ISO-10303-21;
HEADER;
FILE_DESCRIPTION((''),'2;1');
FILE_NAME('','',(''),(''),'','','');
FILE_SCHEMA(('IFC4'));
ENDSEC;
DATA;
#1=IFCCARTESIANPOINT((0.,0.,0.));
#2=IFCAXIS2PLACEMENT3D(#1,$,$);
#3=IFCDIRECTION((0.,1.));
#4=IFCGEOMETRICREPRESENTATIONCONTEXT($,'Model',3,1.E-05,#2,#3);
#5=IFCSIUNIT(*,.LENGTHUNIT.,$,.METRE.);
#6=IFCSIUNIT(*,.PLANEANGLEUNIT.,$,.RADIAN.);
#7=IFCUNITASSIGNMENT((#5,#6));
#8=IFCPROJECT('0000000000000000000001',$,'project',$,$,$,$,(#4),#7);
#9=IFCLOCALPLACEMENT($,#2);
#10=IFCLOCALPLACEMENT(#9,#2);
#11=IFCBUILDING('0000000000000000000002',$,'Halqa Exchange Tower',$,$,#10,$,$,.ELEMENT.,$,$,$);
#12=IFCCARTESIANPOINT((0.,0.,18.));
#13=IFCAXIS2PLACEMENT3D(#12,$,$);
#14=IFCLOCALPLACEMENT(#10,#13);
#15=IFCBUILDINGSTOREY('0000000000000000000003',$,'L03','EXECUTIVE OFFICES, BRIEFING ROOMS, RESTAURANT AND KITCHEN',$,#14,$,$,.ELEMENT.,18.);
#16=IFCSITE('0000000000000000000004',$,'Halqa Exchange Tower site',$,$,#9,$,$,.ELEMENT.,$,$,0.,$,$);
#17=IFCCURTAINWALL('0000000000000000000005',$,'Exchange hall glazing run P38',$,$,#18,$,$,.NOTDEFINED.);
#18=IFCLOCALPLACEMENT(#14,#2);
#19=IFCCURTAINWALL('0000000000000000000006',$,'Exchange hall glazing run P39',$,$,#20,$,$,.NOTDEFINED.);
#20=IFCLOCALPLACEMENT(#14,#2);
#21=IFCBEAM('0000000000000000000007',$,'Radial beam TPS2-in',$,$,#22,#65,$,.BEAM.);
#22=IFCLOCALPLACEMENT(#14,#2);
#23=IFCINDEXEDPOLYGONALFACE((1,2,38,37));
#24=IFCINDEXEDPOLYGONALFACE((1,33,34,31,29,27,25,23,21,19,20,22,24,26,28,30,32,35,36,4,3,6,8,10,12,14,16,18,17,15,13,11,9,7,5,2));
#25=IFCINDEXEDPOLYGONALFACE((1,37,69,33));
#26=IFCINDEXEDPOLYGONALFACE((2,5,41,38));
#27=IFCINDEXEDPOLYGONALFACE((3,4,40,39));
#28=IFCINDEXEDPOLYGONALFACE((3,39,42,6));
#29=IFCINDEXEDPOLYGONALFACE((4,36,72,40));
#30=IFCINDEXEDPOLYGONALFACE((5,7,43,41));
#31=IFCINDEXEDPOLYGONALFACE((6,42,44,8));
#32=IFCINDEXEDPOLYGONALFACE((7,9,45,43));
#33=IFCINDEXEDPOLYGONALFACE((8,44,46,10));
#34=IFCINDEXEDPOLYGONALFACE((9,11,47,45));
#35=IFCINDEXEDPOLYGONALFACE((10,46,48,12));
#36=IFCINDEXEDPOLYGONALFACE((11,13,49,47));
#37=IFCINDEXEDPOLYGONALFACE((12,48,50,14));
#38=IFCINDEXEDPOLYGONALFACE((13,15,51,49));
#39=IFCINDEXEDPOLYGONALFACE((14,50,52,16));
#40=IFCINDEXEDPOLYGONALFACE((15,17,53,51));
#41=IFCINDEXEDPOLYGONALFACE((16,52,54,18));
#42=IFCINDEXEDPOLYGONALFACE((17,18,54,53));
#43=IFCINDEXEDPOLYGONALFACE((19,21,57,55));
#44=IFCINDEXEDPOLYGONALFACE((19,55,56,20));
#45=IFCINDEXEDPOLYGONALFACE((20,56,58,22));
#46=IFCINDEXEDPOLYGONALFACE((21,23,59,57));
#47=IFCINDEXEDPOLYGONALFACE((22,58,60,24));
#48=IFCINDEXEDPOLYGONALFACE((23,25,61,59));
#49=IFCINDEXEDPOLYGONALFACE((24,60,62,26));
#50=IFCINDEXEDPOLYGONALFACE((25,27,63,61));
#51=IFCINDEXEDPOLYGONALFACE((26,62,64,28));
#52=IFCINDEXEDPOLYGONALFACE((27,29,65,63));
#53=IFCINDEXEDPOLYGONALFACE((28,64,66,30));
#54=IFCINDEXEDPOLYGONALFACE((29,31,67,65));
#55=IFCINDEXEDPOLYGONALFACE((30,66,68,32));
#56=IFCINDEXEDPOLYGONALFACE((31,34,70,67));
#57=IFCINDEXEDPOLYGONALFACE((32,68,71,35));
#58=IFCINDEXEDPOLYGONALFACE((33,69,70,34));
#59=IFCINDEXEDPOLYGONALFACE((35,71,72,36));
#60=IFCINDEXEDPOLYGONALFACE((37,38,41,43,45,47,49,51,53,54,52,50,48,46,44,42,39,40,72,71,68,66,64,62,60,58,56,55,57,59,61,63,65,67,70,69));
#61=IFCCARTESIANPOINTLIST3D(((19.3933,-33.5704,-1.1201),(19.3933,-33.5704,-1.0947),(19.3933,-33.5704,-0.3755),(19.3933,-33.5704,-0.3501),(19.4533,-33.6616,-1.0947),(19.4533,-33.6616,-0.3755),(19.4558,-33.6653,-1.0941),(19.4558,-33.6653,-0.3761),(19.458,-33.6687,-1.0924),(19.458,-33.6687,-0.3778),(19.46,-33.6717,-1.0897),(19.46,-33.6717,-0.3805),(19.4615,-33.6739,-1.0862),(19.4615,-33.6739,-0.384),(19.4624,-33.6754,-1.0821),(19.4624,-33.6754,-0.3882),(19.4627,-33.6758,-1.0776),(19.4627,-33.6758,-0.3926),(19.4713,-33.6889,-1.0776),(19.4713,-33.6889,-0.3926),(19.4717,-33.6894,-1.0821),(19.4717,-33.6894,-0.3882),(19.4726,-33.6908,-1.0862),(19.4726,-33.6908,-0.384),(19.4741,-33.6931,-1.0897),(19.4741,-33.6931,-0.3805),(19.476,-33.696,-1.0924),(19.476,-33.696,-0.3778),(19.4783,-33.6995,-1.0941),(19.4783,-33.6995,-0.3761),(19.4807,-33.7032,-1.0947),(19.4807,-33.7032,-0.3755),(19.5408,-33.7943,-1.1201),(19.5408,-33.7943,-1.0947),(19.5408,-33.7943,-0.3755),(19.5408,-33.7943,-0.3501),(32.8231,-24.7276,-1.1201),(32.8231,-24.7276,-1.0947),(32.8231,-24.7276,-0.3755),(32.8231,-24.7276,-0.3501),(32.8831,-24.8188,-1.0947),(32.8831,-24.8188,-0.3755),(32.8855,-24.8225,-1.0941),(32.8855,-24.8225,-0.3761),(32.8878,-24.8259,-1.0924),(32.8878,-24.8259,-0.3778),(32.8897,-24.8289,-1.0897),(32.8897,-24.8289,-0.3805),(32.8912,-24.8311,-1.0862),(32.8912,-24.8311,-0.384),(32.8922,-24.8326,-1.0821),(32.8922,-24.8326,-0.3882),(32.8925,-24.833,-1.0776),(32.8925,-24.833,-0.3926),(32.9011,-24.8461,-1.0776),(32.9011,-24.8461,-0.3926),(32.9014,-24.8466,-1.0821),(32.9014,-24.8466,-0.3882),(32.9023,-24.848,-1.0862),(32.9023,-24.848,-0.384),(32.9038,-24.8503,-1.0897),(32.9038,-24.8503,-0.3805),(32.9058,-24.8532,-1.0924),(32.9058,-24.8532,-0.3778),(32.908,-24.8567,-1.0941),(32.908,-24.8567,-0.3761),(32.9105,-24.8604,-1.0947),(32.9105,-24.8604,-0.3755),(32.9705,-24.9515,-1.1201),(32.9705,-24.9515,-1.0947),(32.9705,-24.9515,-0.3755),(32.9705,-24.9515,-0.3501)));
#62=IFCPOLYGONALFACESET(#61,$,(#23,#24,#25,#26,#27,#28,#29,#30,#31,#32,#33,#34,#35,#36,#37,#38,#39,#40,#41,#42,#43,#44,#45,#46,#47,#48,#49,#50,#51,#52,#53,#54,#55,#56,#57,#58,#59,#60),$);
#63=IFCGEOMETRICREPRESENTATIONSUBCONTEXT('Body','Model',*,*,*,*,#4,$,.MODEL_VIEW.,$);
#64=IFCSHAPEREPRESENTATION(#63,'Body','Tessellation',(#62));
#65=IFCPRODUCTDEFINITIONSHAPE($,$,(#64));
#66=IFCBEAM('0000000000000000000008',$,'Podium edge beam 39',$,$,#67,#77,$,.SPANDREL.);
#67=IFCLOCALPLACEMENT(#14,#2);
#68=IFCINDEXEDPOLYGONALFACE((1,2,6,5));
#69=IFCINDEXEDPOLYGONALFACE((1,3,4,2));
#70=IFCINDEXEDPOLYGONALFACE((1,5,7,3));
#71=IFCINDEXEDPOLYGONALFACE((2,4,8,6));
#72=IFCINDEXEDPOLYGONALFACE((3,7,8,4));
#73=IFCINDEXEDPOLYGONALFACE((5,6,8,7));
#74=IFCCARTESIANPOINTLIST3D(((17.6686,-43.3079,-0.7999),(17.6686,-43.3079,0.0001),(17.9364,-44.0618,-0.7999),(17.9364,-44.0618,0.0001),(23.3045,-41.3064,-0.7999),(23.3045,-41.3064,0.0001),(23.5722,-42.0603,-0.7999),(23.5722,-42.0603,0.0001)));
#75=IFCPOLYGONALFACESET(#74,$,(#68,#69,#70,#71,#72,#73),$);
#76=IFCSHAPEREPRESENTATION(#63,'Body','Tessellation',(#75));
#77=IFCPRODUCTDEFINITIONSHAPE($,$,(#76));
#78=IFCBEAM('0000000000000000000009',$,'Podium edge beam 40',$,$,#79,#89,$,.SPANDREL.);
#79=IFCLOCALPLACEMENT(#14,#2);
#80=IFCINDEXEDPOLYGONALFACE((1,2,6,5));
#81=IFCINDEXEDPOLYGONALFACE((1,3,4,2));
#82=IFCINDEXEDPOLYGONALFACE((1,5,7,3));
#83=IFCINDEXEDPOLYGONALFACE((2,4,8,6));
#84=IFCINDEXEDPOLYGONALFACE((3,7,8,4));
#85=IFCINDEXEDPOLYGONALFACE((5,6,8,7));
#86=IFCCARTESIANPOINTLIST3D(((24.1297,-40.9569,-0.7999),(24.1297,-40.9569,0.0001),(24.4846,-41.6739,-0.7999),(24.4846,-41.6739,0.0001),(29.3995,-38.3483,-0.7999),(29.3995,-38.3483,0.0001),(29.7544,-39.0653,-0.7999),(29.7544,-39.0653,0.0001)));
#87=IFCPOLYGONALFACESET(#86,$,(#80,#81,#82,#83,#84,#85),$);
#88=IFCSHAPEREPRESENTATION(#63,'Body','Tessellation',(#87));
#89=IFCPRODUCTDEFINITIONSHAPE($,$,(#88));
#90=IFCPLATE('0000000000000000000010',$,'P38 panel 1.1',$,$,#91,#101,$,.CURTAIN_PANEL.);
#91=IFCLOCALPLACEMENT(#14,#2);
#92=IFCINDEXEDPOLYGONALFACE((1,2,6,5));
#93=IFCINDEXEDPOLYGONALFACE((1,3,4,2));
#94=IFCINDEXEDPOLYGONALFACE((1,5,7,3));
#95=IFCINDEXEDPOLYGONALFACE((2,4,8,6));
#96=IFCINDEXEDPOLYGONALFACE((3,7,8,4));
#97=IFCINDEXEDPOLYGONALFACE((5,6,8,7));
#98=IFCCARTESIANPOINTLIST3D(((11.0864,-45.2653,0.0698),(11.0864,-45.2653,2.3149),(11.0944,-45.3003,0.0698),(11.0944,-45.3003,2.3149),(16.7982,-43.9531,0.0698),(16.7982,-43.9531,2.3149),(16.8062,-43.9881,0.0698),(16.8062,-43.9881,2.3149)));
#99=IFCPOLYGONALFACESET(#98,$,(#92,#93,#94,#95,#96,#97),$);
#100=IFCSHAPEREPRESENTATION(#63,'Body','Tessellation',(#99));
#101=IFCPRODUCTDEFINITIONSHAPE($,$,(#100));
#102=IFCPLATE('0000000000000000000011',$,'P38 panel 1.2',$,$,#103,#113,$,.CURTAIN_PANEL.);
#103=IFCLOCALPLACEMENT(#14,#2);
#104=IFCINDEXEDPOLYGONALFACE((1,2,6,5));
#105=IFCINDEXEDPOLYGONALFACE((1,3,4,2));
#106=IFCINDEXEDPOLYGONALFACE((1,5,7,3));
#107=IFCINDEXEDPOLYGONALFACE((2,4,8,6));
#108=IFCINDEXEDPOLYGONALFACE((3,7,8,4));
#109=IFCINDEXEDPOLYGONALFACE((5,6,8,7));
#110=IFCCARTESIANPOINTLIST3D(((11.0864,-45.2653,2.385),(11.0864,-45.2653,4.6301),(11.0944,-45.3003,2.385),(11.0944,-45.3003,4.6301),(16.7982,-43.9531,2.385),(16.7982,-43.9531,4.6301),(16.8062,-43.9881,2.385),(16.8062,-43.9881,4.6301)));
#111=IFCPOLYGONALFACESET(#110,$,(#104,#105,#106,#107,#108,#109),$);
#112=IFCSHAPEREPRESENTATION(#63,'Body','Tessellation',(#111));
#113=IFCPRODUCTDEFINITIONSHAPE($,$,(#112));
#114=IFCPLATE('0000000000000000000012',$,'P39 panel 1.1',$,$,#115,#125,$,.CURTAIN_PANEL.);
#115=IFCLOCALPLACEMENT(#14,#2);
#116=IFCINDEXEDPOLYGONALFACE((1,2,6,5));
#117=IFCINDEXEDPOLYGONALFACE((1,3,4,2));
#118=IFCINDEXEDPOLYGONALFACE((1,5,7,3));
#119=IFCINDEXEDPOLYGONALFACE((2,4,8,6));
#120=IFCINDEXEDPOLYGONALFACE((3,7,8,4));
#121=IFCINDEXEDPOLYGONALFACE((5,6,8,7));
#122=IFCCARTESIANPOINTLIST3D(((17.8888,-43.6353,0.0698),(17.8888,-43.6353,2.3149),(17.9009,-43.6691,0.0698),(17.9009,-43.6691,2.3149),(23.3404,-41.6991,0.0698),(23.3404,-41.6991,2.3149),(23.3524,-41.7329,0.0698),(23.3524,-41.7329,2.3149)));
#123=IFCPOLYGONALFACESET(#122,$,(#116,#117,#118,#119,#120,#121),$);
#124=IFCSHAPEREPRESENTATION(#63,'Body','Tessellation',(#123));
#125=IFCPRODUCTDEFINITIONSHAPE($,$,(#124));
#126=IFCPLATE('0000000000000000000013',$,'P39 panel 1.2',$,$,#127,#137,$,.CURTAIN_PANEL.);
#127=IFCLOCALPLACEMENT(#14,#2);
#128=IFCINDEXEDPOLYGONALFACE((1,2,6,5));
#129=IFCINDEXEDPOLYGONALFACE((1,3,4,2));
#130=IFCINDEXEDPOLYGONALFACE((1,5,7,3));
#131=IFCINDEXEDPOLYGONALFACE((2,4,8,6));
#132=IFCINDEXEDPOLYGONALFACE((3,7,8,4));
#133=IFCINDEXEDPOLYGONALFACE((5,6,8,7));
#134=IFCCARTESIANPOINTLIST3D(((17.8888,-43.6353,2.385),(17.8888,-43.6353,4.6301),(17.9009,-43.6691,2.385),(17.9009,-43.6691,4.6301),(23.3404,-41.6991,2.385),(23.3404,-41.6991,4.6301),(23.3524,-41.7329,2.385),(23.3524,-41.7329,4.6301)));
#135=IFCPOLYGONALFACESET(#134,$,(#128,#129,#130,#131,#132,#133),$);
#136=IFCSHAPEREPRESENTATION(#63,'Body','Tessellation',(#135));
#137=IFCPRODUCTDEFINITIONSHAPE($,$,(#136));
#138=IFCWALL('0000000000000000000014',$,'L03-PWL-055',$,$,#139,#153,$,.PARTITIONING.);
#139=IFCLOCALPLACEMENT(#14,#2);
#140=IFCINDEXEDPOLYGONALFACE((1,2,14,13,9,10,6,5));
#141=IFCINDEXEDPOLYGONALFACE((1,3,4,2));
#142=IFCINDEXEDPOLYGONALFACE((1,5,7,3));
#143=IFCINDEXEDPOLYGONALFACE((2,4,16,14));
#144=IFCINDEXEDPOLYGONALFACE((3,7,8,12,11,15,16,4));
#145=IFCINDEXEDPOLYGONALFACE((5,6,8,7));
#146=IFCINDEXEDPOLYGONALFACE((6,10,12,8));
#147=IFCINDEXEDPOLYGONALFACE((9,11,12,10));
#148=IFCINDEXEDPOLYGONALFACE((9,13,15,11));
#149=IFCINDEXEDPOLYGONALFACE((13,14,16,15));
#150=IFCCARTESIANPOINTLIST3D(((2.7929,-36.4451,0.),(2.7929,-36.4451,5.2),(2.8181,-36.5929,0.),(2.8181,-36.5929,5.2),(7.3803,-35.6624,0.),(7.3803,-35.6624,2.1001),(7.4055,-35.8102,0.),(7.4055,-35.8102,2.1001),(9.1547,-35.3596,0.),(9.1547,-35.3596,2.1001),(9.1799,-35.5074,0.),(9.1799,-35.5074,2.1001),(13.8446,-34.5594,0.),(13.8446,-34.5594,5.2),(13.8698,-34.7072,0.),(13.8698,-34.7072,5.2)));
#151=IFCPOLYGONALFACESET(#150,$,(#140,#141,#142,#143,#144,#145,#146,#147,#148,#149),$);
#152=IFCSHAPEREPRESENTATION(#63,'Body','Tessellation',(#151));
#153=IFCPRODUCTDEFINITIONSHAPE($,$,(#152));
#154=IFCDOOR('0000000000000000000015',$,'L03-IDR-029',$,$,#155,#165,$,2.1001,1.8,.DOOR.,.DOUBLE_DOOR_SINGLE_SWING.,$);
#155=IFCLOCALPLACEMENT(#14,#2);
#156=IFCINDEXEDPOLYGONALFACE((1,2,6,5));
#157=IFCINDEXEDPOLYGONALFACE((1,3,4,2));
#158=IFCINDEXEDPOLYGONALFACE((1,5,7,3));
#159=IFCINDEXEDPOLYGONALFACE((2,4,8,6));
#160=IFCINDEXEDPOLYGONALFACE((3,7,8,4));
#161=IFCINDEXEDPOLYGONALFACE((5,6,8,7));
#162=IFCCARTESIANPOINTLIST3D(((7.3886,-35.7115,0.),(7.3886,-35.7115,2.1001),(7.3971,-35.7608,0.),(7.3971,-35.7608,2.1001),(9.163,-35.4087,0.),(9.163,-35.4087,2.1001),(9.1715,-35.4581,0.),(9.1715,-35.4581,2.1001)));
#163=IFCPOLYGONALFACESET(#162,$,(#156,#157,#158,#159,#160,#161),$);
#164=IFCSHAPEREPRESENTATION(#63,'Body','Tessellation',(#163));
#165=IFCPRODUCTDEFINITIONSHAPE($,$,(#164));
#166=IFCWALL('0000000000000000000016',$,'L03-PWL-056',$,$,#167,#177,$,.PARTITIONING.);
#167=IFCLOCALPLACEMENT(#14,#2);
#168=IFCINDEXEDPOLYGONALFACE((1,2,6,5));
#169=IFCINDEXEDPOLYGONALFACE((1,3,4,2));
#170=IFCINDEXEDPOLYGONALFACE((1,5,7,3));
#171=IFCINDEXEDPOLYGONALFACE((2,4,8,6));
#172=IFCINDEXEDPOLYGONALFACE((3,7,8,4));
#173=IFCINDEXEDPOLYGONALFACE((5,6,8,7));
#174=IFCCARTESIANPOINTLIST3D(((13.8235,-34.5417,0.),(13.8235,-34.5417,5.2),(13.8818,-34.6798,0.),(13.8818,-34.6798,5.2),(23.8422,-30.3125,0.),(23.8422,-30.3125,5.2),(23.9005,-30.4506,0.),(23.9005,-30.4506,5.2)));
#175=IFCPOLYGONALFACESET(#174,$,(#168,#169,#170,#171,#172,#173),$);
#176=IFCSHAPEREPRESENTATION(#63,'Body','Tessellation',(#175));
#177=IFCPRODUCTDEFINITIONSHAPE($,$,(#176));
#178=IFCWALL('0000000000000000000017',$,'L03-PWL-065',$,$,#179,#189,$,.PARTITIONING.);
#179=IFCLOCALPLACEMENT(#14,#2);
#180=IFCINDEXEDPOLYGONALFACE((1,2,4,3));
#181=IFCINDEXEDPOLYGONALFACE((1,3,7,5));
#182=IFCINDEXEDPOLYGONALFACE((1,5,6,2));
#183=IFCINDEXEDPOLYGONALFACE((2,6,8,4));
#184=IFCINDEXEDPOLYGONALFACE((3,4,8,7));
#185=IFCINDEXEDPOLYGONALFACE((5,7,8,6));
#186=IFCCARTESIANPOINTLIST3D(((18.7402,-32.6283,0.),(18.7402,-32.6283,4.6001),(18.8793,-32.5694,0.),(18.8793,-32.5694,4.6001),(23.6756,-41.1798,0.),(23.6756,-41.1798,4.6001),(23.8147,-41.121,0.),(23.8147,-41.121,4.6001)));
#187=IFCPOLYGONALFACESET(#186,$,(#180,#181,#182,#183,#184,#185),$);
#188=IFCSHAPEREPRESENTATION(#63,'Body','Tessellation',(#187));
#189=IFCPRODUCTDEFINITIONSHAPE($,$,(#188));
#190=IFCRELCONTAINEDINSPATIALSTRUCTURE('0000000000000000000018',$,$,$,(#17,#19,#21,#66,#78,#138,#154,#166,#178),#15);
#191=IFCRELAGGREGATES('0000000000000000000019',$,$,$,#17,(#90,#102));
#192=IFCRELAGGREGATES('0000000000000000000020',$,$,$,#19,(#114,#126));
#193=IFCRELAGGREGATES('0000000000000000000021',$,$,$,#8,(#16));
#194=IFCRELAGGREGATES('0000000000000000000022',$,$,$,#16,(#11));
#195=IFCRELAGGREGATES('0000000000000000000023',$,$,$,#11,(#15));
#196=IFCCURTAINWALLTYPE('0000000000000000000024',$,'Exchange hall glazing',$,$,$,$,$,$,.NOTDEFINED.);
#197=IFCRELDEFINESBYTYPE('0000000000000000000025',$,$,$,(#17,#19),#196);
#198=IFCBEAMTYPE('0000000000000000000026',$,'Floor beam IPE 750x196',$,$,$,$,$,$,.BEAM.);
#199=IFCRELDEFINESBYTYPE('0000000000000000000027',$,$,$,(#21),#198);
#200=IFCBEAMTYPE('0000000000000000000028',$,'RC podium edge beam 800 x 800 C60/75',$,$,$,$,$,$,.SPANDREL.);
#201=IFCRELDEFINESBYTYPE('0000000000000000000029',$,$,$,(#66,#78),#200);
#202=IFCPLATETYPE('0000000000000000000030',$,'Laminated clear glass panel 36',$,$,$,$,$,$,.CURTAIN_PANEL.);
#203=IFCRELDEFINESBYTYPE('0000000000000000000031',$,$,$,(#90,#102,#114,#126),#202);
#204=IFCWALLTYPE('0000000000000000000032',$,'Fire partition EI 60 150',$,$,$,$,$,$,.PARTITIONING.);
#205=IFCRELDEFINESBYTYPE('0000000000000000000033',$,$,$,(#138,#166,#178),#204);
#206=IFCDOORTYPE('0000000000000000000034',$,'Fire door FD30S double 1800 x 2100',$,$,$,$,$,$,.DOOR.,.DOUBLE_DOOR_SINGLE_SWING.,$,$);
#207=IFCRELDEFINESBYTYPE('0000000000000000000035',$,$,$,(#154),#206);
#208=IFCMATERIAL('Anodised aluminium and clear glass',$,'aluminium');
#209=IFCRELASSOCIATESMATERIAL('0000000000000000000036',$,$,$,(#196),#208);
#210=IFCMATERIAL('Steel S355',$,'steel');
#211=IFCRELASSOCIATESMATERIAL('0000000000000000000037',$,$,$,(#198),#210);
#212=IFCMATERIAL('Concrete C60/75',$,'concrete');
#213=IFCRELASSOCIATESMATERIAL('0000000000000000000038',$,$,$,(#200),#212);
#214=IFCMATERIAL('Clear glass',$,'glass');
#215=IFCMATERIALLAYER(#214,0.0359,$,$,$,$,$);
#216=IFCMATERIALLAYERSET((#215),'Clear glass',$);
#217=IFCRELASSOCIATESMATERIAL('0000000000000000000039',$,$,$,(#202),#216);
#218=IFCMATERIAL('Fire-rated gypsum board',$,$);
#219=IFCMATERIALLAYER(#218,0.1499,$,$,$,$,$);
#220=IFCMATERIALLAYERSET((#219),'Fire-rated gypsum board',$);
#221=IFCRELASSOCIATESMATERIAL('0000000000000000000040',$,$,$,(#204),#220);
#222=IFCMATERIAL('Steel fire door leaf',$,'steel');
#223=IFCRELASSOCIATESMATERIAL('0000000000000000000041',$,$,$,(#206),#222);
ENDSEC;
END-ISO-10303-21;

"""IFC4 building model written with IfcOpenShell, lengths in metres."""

from ifc_helpers import new_model, si_unit, direction, frame, frame_2d, origin, origin_2d, place, context, subcontext, project, spatial, polyline, rectangle, i_section, outline, extrude, material, layer, layer_set, material_profile, profile_set, type_object, element, fill, aggregate, save


model = new_model("IFC4")

# Units and contexts
model_context = context("Model", 3, precision=1e-05, world=origin(), true_north=direction((0.0, 1.0)))
body_context = subcontext(model_context, "Body", "Model", "MODEL_VIEW")
ifc_project = project(units=[si_unit("LENGTHUNIT", "METRE"), si_unit("PLANEANGLEUNIT", "RADIAN")], contexts=[model_context])

# Site, building, storey
site_placement = place(None, origin())
site = spatial("IfcSite", under=ifc_project, at=site_placement, Name="Halqa Exchange Tower site", CompositionType="ELEMENT", RefElevation=0.0)
building_placement = place(site_placement, origin())
building = spatial("IfcBuilding", under=site, at=building_placement, Name="Halqa Exchange Tower", CompositionType="ELEMENT")
storey_placement = place(building_placement, frame((0.0, 0.0, 18.0)))
storey = spatial("IfcBuildingStorey", under=building, at=storey_placement, Name="L03", Description="EXECUTIVE OFFICES, BRIEFING ROOMS, RESTAURANT AND KITCHEN", CompositionType="ELEMENT", Elevation=18.0)

# Shared definitions
ifc_material_1 = material(Name="Concrete C60/75", Category="concrete")

# Curtain wall
ifc_material_2 = material(Name="Anodised aluminium and clear glass", Category="aluminium")
curtain_wall_type = type_object("IfcCurtainWallType", Name="Exchange hall glazing", PredefinedType="NOTDEFINED", material=ifc_material_2)
curtain_wall_1_placement = place(storey_placement, origin())
curtain_wall_1 = element("IfcCurtainWall", 1, at=curtain_wall_1_placement, inside=storey, type_object=curtain_wall_type, Name="Exchange hall glazing run P38", PredefinedType="NOTDEFINED")

# Curtain wall
curtain_wall_2_placement = place(storey_placement, origin())
curtain_wall_2 = element("IfcCurtainWall", 2, at=curtain_wall_2_placement, inside=storey, type_object=curtain_wall_type, Name="Exchange hall glazing run P39", PredefinedType="NOTDEFINED")

# Beams
ifc_material_3 = material(Name="Steel S355", Category="steel")
ifc_material_profile_1 = material_profile(ifc_material_3, i_section(OverallWidth=0.2681, OverallDepth=0.77, WebThickness=0.0156, FlangeThickness=0.0254, FilletRadius=0.0171, at=origin_2d()), Name="IPE 750x196")
ifc_profile_set_1 = profile_set([ifc_material_profile_1], Name="Steel S355")
beam_type_1 = type_object("IfcBeamType", Name="Floor beam IPE 750x196", PredefinedType="BEAM", material=ifc_profile_set_1)
beam_1_placement = place(storey_placement, frame((19.467, -33.6824, -0.7351), z_axis=(0.835204, 0.54994, 0.0), x_axis=(-0.54994, 0.835204, 0.0)))
element("IfcBeam", 3, at=beam_1_placement, inside=storey, type_object=beam_type_1, Name="Radial beam TPS2-in", PredefinedType="BEAM", context=body_context, shape_type="SweptSolid", body=[
    extrude(i_section(OverallWidth=0.2681, OverallDepth=0.77, WebThickness=0.0156, FlangeThickness=0.0254, FilletRadius=0.0171, at=origin_2d()), origin(), (0.0, 0.0, 1.0), 16.0796),
])
ifc_material_profile_2 = material_profile(ifc_material_1, rectangle(XDim=0.8, YDim=0.8, at=origin_2d()), Name="800 x 800")
ifc_profile_set_2 = profile_set([ifc_material_profile_2], Name="Concrete C60/75")
beam_type_2 = type_object("IfcBeamType", Name="RC podium edge beam 800 x 800 C60/75", PredefinedType="SPANDREL", material=ifc_profile_set_2)
beam_2_placement = place(storey_placement, frame((17.8025, -43.6848, -0.3999), z_axis=(0.942343, 0.334647, 0.0), x_axis=(-0.334647, 0.942343, 0.0)))
element("IfcBeam", 4, at=beam_2_placement, inside=storey, type_object=beam_type_2, Name="Podium edge beam 39", PredefinedType="SPANDREL", context=body_context, shape_type="SweptSolid", body=[
    extrude(rectangle(XDim=0.8, YDim=0.8, at=origin_2d()), origin(), (0.0, 0.0, 1.0), 5.9807),
])
beam_3_placement = place(storey_placement, frame((24.3071, -41.3154, -0.3999), z_axis=(0.896205, 0.443639, 0.0), x_axis=(-0.443639, 0.896205, 0.0)))
element("IfcBeam", 5, at=beam_3_placement, inside=storey, type_object=beam_type_2, Name="Podium edge beam 40", PredefinedType="SPANDREL", context=body_context, shape_type="SweptSolid", body=[
    extrude(rectangle(XDim=0.8, YDim=0.8, at=origin_2d()), origin(), (0.0, 0.0, 1.0), 5.8801),
])

# Plates
ifc_material_4 = material(Name="Clear glass", Category="glass")
ifc_layer_1 = layer(ifc_material_4, 0.0359)
ifc_layer_set_1 = layer_set([ifc_layer_1], Name="Clear glass")
plate_type = type_object("IfcPlateType", Name="Laminated clear glass panel 36", PredefinedType="CURTAIN_PANEL", material=ifc_layer_set_1)
plate_1_placement = place(storey_placement, frame((13.9463, -44.6267, 0.0698), z_axis=(0.0, 0.0, 1.0), x_axis=(0.974613, 0.223897, 0.0)))
plate_1 = element("IfcPlate", 6, at=plate_1_placement, type_object=plate_type, Name="P38 panel 1.1", PredefinedType="CURTAIN_PANEL", context=body_context, shape_type="SweptSolid", body=[
    extrude(rectangle(XDim=5.8606, YDim=0.0359, at=origin_2d()), origin(), (0.0, 0.0, 1.0), 2.2451),
])
plate_2_placement = place(storey_placement, frame((13.9463, -44.6267, 2.385), z_axis=(0.0, 0.0, 1.0), x_axis=(0.974613, 0.223897, 0.0)))
plate_2 = element("IfcPlate", 7, at=plate_2_placement, type_object=plate_type, Name="P38 panel 1.2", PredefinedType="CURTAIN_PANEL", context=body_context, shape_type="SweptSolid", body=[
    extrude(rectangle(XDim=5.8606, YDim=0.0359, at=origin_2d()), origin(), (0.0, 0.0, 1.0), 2.2451),
])
aggregate(curtain_wall_1, [plate_1, plate_2])
plate_3_placement = place(storey_placement, frame((20.6206, -42.6841, 0.0698), z_axis=(0.0, 0.0, 1.0), x_axis=(0.942329, 0.334688, 0.0)))
plate_3 = element("IfcPlate", 8, at=plate_3_placement, type_object=plate_type, Name="P39 panel 1.1", PredefinedType="CURTAIN_PANEL", context=body_context, shape_type="SweptSolid", body=[
    extrude(rectangle(XDim=5.7852, YDim=0.0359, at=origin_2d()), origin(), (0.0, 0.0, 1.0), 2.2451),
])
plate_4_placement = place(storey_placement, frame((20.6206, -42.6841, 2.385), z_axis=(0.0, 0.0, 1.0), x_axis=(0.942329, 0.334688, 0.0)))
plate_4 = element("IfcPlate", 9, at=plate_4_placement, type_object=plate_type, Name="P39 panel 1.2", PredefinedType="CURTAIN_PANEL", context=body_context, shape_type="SweptSolid", body=[
    extrude(rectangle(XDim=5.7852, YDim=0.0359, at=origin_2d()), origin(), (0.0, 0.0, 1.0), 2.2451),
])
aggregate(curtain_wall_2, [plate_3, plate_4])

# Wall, opening, door
ifc_material_5 = material(Name="Fire-rated gypsum board")
ifc_layer_2 = layer(ifc_material_5, 0.1499)
ifc_layer_set_2 = layer_set([ifc_layer_2], Name="Fire-rated gypsum board")
wall_type_1 = type_object("IfcWallType", Name="Fire partition EI 60 150", PredefinedType="PARTITIONING", material=ifc_layer_set_2)
wall_1_placement = place(storey_placement, frame((13.8572, -34.6333, 0.0), z_axis=(0.0, 0.0, 1.0), x_axis=(-0.985753, -0.168197, 0.0)))
wall_1 = element("IfcWall", 10, at=wall_1_placement, inside=storey, type_object=wall_type_1, Name="L03-PWL-055", PredefinedType="PARTITIONING", context=body_context, shape_type="SweptSolid", body=[
    extrude(rectangle(XDim=11.2114, YDim=0.1499, at=frame_2d((5.6057, 0.0))), origin(), (0.0, 0.0, 1.0), 5.2),
])
opening_placement = place(wall_1_placement, frame((4.7578, 0.0, 0.0)))
opening = element("IfcOpeningElement", 11, at=opening_placement, cuts=wall_1, PredefinedType="OPENING", context=body_context, shape_type="SweptSolid", body=[
    extrude(rectangle(XDim=1.8, YDim=2.1001, at=frame_2d((0.8999, 1.05))), frame((0.0, 0.0869, 0.0), z_axis=(0.0, -1.0, 0.0), x_axis=(1.0, 0.0, 0.0)), (0.0, 0.0, 1.0), 0.1738),
])
ifc_material_6 = material(Name="Steel fire door leaf", Category="steel")
door_type = type_object("IfcDoorType", Name="Fire door FD30S double 1800 x 2100", OperationType="DOUBLE_DOOR_SINGLE_SWING", PredefinedType="DOOR", material=ifc_material_6)
door_placement = place(opening_placement, origin())
door = element("IfcDoor", 12, at=door_placement, inside=storey, type_object=door_type, Name="L03-IDR-029", OperationType="DOUBLE_DOOR_SINGLE_SWING", OverallHeight=2.1001, OverallWidth=1.8, PredefinedType="DOOR", context=body_context, shape_type="SweptSolid", body=[
    extrude(rectangle(XDim=1.8, YDim=2.1001, at=frame_2d((0.8999, 1.05))), frame((0.0, 0.0249, 0.0), z_axis=(0.0, -1.0, 0.0), x_axis=(1.0, 0.0, 0.0)), (0.0, 0.0, 1.0), 0.05),
])
fill(opening, door)

# Walls
wall_2_placement = place(storey_placement, frame((13.8525, -34.6108, 0.0), z_axis=(0.0, 0.0, 1.0), x_axis=(0.921276, 0.388909, 0.0)))
element("IfcWall", 13, at=wall_2_placement, inside=storey, type_object=wall_type_1, Name="L03-PWL-056", PredefinedType="PARTITIONING", context=body_context, shape_type="SweptSolid", body=[
    extrude(rectangle(XDim=10.8748, YDim=0.1499, at=frame_2d((5.4375, 0.0))), origin(), (0.0, 0.0, 1.0), 5.2),
])
wall_3_placement = place(storey_placement, frame((23.7451, -41.1504, 0.0), z_axis=(0.0, 0.0, 1.0), x_axis=(-0.499854, 0.866109, 0.0)))
element("IfcWall", 14, at=wall_3_placement, inside=storey, type_object=wall_type_1, Name="L03-PWL-065", PredefinedType="PARTITIONING", context=body_context, shape_type="SweptSolid", body=[
    extrude(outline(polyline([(-0.0093, -0.075), (9.8643, -0.075), (9.8828, 0.075), (0.0093, 0.075), (-0.0093, -0.075)])), origin(), (0.0, 0.0, 1.0), 4.6001),
])

save(model, "model.ifc")
